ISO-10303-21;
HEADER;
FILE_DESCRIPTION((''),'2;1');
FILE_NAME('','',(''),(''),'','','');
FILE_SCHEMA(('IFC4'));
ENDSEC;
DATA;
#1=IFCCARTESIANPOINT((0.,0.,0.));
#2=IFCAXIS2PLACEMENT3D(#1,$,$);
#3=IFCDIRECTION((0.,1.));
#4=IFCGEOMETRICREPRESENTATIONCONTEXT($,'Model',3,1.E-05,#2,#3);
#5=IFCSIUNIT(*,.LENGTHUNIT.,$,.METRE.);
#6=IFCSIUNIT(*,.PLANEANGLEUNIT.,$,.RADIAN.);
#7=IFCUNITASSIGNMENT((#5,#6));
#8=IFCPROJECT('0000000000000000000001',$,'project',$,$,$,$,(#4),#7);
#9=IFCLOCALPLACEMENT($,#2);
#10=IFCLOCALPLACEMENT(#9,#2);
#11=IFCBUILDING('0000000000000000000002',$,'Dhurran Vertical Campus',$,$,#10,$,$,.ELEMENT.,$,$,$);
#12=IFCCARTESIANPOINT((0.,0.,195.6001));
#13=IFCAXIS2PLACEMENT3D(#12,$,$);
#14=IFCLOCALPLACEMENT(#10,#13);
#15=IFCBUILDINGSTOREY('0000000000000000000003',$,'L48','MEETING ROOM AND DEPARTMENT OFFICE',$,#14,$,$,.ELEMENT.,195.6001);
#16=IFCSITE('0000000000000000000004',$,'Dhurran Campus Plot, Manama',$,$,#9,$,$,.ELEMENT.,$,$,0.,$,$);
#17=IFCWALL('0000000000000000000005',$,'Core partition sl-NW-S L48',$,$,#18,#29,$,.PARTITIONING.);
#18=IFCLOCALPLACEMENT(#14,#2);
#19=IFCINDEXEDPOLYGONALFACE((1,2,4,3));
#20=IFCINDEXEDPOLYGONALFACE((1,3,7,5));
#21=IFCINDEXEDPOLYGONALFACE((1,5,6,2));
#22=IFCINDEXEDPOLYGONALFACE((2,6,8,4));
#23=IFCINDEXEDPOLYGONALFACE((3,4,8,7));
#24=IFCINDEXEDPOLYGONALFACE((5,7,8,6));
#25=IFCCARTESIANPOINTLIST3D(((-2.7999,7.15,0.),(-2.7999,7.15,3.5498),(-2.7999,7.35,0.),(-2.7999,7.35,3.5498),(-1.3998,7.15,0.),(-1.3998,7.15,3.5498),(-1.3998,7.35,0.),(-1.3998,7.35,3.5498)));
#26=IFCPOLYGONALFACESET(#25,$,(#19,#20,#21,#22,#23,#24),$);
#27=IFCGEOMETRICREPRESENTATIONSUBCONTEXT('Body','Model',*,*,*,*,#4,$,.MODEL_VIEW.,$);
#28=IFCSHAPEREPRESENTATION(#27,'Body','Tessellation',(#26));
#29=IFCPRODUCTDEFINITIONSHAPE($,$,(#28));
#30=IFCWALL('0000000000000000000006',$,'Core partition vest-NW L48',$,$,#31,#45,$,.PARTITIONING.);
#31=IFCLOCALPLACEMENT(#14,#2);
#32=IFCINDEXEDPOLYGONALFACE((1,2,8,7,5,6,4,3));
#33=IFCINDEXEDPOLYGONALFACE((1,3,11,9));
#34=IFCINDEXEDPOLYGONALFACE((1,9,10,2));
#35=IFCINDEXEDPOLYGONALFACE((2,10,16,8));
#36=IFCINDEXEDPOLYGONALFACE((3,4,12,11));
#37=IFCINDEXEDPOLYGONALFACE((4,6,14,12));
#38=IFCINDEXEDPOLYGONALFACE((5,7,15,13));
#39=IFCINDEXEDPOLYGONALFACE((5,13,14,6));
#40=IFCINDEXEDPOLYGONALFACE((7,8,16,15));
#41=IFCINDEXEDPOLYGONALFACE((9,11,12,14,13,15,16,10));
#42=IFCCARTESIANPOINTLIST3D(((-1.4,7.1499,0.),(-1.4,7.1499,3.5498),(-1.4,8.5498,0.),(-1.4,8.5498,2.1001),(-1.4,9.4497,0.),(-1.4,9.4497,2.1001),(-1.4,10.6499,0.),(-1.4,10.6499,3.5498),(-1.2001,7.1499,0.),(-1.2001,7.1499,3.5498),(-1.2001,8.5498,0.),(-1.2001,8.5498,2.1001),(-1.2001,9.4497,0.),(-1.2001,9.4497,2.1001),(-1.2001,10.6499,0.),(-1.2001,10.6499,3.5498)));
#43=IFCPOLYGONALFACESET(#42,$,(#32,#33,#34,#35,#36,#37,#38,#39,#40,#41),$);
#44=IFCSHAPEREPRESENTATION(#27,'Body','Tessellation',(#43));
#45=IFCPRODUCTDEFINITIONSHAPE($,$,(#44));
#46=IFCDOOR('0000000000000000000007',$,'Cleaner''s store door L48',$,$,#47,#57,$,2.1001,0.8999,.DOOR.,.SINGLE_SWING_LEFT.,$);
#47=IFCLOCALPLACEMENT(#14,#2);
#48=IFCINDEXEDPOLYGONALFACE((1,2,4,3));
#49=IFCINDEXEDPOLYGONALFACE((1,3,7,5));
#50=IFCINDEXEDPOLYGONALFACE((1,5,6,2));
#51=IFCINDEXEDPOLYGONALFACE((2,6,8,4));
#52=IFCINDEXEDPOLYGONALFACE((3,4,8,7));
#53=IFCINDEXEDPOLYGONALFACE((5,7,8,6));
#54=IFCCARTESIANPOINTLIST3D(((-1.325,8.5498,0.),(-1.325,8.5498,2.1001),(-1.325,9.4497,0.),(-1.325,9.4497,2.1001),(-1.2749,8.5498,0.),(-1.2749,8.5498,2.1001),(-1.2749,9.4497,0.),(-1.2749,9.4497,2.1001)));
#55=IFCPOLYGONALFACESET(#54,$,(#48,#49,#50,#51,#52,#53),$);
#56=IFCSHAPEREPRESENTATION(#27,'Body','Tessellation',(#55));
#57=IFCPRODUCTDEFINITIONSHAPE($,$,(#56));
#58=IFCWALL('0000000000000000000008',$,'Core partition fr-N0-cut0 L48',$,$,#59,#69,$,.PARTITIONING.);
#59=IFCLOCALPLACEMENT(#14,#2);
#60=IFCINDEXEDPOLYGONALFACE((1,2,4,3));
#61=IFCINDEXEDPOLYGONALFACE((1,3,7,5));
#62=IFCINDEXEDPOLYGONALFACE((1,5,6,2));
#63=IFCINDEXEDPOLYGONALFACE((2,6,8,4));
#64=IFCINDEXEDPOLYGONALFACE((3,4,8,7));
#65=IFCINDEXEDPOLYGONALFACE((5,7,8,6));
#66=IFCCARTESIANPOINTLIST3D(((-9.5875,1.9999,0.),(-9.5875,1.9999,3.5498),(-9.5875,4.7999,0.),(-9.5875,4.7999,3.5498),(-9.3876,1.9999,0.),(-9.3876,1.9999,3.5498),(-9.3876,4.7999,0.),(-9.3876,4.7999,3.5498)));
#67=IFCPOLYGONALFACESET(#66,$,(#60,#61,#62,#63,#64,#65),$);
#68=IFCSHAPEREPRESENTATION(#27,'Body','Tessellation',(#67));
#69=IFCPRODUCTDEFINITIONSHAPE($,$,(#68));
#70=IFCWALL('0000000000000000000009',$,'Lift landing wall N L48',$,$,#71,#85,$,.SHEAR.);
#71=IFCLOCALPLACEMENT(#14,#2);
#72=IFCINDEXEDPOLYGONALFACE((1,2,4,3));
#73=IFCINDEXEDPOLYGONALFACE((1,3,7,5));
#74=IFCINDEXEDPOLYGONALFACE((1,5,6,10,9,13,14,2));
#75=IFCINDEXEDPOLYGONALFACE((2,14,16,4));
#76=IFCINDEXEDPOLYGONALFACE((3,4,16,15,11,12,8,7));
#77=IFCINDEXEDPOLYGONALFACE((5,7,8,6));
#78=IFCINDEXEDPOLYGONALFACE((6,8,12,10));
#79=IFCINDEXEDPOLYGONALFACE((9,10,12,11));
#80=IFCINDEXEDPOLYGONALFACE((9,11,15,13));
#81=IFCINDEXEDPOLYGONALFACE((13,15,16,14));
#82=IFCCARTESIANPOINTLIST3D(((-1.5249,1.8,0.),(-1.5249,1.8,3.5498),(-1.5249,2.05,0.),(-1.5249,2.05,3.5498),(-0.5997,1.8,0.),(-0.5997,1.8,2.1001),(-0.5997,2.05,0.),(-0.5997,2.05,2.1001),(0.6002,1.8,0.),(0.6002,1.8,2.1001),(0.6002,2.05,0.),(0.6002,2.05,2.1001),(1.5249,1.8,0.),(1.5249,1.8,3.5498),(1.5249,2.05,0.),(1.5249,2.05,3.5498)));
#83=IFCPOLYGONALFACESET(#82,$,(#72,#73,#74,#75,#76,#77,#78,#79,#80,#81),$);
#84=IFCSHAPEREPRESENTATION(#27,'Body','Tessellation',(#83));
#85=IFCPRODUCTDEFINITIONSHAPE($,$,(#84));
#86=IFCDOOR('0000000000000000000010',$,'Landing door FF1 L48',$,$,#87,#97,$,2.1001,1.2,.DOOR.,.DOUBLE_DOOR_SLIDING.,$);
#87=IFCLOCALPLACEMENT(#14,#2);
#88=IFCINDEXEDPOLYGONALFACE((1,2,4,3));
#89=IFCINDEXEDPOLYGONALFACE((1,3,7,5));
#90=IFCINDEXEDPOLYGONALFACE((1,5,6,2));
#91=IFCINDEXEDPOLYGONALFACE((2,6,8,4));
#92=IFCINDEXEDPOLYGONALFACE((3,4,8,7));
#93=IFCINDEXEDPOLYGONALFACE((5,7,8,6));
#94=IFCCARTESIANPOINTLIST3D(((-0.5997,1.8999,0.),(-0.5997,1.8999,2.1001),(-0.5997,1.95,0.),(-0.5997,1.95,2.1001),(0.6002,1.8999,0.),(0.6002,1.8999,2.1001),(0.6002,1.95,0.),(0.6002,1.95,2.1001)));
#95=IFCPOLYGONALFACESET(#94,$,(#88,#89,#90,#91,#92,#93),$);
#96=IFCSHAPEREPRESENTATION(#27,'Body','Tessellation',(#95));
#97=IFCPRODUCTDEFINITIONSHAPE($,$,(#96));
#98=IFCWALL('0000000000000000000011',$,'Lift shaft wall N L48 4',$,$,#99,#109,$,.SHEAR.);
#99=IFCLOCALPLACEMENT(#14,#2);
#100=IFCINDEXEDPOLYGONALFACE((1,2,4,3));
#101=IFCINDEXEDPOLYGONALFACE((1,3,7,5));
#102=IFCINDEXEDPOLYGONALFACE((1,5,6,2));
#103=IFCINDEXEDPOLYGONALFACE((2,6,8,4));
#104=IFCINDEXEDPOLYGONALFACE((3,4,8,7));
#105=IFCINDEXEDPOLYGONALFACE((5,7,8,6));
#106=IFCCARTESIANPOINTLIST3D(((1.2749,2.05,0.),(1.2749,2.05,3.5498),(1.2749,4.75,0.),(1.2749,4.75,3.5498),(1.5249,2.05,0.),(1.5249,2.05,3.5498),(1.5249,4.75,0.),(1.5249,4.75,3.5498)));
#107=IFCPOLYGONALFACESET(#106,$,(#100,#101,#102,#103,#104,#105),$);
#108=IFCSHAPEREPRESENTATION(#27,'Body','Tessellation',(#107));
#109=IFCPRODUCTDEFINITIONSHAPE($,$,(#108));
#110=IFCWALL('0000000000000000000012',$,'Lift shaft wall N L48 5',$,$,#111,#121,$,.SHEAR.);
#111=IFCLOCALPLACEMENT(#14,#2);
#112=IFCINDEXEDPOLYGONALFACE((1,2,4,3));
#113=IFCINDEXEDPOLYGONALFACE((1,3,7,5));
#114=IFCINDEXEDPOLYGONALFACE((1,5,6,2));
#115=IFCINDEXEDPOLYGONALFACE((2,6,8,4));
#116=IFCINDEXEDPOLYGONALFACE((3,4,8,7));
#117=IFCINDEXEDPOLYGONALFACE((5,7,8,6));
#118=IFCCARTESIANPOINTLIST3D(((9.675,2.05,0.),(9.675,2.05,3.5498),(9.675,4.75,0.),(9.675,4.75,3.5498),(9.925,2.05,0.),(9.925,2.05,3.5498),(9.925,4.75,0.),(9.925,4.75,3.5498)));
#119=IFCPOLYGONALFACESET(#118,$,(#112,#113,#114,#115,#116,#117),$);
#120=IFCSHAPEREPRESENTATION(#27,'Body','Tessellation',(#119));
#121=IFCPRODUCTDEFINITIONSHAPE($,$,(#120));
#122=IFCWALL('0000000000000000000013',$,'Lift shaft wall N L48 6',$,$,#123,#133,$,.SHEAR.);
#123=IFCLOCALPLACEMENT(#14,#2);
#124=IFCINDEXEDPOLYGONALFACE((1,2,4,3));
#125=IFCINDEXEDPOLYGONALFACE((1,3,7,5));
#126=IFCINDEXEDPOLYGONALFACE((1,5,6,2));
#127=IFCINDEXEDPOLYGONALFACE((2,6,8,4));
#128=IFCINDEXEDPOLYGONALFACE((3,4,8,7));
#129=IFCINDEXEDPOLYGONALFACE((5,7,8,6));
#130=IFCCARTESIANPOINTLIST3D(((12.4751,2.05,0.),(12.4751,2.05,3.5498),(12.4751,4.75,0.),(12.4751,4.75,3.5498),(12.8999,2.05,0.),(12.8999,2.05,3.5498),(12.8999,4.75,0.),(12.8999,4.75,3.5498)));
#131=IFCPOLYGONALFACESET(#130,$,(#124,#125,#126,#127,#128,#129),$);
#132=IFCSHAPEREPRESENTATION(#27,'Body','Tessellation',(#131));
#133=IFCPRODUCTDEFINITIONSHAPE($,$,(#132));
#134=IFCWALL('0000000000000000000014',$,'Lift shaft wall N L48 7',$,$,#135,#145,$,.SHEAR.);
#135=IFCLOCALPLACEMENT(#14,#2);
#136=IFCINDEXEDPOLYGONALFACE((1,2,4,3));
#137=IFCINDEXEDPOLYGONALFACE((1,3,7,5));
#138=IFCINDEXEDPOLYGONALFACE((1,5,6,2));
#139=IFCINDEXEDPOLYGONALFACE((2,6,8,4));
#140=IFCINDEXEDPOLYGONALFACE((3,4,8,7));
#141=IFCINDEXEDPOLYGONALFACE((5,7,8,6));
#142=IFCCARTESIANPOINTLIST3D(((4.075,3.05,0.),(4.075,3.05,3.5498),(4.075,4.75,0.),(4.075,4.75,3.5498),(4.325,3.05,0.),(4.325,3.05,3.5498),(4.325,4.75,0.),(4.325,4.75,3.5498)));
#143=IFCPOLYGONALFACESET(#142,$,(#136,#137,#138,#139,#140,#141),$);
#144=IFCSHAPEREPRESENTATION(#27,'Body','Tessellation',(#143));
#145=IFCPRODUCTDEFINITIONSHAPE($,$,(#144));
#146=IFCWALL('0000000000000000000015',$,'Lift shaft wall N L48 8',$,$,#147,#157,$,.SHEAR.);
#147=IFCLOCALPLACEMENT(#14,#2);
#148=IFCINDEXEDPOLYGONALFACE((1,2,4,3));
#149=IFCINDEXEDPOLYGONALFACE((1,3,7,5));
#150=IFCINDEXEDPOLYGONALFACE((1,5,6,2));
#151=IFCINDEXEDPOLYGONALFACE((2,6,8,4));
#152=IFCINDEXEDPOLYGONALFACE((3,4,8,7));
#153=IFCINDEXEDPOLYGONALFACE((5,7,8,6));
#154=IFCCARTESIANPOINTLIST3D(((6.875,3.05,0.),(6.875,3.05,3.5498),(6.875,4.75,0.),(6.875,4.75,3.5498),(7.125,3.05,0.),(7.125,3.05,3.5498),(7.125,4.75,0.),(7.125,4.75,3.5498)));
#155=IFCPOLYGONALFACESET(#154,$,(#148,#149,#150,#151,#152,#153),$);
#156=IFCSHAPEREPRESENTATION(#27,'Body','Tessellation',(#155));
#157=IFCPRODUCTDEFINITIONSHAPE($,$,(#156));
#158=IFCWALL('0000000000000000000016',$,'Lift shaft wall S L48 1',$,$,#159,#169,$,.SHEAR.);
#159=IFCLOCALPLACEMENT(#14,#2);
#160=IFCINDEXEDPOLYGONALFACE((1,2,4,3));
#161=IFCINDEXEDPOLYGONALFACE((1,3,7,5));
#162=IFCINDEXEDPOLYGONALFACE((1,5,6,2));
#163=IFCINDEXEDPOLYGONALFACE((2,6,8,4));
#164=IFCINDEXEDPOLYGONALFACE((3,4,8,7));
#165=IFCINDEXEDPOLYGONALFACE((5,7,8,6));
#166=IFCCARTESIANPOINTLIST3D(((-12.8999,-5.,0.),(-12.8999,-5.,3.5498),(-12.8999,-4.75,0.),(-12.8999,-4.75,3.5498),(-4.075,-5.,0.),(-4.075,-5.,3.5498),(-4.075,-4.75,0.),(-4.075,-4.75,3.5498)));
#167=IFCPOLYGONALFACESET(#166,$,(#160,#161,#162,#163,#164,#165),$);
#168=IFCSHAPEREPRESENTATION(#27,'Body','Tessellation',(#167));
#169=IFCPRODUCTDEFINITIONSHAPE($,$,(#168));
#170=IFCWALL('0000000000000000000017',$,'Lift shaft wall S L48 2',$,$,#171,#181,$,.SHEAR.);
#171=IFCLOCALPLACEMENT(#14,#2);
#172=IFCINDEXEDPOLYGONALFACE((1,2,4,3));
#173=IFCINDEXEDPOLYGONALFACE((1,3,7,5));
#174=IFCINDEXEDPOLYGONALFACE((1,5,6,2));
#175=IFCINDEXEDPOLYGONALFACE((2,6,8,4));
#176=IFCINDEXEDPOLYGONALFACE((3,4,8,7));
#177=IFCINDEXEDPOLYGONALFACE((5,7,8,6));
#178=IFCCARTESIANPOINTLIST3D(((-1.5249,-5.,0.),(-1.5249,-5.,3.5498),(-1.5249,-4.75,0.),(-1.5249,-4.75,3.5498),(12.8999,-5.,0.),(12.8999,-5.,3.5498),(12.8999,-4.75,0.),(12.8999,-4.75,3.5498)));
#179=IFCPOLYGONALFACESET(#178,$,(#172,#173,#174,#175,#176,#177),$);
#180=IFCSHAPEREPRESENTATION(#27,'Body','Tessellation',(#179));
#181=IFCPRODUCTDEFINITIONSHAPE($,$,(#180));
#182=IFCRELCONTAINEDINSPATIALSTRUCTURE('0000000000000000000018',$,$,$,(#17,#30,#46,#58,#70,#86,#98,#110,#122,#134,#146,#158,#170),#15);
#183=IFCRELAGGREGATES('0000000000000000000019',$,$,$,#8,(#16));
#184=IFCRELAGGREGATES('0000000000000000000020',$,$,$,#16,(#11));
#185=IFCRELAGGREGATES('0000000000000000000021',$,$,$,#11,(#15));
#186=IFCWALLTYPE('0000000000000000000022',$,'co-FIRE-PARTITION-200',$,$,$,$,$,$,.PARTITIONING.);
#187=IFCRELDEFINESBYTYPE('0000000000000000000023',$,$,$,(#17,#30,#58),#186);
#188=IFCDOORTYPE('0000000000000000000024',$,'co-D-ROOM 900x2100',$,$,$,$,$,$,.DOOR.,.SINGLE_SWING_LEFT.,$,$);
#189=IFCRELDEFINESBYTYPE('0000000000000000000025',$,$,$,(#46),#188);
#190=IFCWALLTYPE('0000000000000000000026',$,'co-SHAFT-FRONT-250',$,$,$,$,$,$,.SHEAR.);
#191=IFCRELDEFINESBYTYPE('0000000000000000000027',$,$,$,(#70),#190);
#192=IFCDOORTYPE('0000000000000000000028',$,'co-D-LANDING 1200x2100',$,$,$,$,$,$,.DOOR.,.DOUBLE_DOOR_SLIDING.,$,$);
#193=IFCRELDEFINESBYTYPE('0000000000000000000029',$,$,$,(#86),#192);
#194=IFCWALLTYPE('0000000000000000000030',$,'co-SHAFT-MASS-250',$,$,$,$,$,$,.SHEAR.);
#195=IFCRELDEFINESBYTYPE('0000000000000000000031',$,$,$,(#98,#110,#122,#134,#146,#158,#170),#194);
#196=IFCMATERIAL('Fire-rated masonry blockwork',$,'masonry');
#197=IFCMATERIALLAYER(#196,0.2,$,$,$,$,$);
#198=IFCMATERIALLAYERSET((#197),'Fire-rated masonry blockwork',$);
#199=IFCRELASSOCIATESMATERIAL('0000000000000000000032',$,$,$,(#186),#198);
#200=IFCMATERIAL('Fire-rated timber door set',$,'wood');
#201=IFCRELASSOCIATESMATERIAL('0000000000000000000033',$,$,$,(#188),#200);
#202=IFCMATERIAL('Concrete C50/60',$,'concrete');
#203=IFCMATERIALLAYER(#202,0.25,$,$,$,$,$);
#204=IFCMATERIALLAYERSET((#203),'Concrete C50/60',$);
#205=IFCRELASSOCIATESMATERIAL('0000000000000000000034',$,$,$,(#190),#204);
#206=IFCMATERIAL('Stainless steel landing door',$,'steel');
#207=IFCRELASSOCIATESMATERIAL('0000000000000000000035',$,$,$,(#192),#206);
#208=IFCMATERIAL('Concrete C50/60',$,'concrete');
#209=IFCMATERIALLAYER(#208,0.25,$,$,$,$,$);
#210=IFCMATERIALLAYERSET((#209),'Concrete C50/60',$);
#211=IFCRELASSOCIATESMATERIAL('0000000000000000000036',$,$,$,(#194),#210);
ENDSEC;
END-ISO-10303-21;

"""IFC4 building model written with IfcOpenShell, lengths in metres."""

from ifc_helpers import new_model, si_unit, direction, frame, frame_2d, origin, place, context, subcontext, project, spatial, polyline, rectangle, outline, extrude, material, layer, layer_set, type_object, element, fill, save


model = new_model("IFC4")

# Units and contexts
model_context = context("Model", 3, precision=1e-05, world=origin(), true_north=direction((0.0, 1.0)))
body_context = subcontext(model_context, "Body", "Model", "MODEL_VIEW")
ifc_project = project(units=[si_unit("LENGTHUNIT", "METRE"), si_unit("PLANEANGLEUNIT", "RADIAN")], contexts=[model_context])

# Site, building, storey
site_placement = place(None, origin())
site = spatial("IfcSite", under=ifc_project, at=site_placement, Name="Dhurran Campus Plot, Manama", CompositionType="ELEMENT", RefElevation=0.0)
building_placement = place(site_placement, origin())
building = spatial("IfcBuilding", under=site, at=building_placement, Name="Dhurran Vertical Campus", CompositionType="ELEMENT")
storey_placement = place(building_placement, frame((0.0, 0.0, 195.6001)))
storey = spatial("IfcBuildingStorey", under=building, at=storey_placement, Name="L48", Description="MEETING ROOM AND DEPARTMENT OFFICE", CompositionType="ELEMENT", Elevation=195.6001)

# Wall
ifc_material_1 = material(Name="Fire-rated masonry blockwork", Category="masonry")
ifc_layer_1 = layer(ifc_material_1, 0.2)
ifc_layer_set_1 = layer_set([ifc_layer_1], Name="Fire-rated masonry blockwork")
wall_type_1 = type_object("IfcWallType", Name="co-FIRE-PARTITION-200", PredefinedType="PARTITIONING", material=ifc_layer_set_1)
wall_1_placement = place(storey_placement, frame((-2.8, 7.25, 0.0), z_axis=(0.0, 0.0, 1.0), x_axis=(1.0, 0.0, 0.0)))
element("IfcWall", 1, at=wall_1_placement, inside=storey, type_object=wall_type_1, Name="Core partition sl-NW-S L48", PredefinedType="PARTITIONING", context=body_context, shape_type="SweptSolid", body=[
    extrude(rectangle(XDim=1.4001, YDim=0.2, at=frame_2d((0.7002, 0.0))), origin(), (0.0, 0.0, 1.0), 3.5498),
])

# Wall, opening, door
wall_2_placement = place(storey_placement, frame((-1.3, 7.1499, 0.0), z_axis=(0.0, 0.0, 1.0), x_axis=(0.0, 1.0, 0.0)))
wall_2 = element("IfcWall", 2, at=wall_2_placement, inside=storey, type_object=wall_type_1, Name="Core partition vest-NW L48", PredefinedType="PARTITIONING", context=body_context, shape_type="SweptSolid", body=[
    extrude(rectangle(XDim=3.5, YDim=0.2, at=frame_2d((1.75, 0.0))), origin(), (0.0, 0.0, 1.0), 3.5498),
])
opening_1_placement = place(wall_2_placement, frame((1.3999, 0.0, 0.0)))
opening_1 = element("IfcOpeningElement", 3, at=opening_1_placement, cuts=wall_2, PredefinedType="OPENING", context=body_context, shape_type="SweptSolid", body=[
    extrude(rectangle(XDim=0.8999, YDim=2.1001, at=frame_2d((0.45, 1.05))), frame((0.0, 0.1099, 0.0), z_axis=(0.0, -1.0, 0.0), x_axis=(1.0, 0.0, 0.0)), (0.0, 0.0, 1.0), 0.22),
])
ifc_material_2 = material(Name="Fire-rated timber door set", Category="wood")
door_type_1 = type_object("IfcDoorType", Name="co-D-ROOM 900x2100", OperationType="SINGLE_SWING_LEFT", PredefinedType="DOOR", material=ifc_material_2)
door_1_placement = place(opening_1_placement, origin())
door_1 = element("IfcDoor", 4, at=door_1_placement, inside=storey, type_object=door_type_1, Name="Cleaner's store door L48", OperationType="SINGLE_SWING_LEFT", OverallHeight=2.1001, OverallWidth=0.8999, PredefinedType="DOOR", context=body_context, shape_type="SweptSolid", body=[
    extrude(rectangle(XDim=0.8999, YDim=2.1001, at=frame_2d((0.45, 1.05))), frame((0.0, 0.0249, 0.0), z_axis=(0.0, -1.0, 0.0), x_axis=(1.0, 0.0, 0.0)), (0.0, 0.0, 1.0), 0.05),
])
fill(opening_1, door_1)

# Wall
wall_3_placement = place(storey_placement, frame((-9.4875, 2.0, 0.0), z_axis=(0.0, 0.0, 1.0), x_axis=(0.0, 1.0, 0.0)))
element("IfcWall", 5, at=wall_3_placement, inside=storey, type_object=wall_type_1, Name="Core partition fr-N0-cut0 L48", PredefinedType="PARTITIONING", context=body_context, shape_type="SweptSolid", body=[
    extrude(rectangle(XDim=2.8, YDim=0.2, at=frame_2d((1.3999, 0.0))), origin(), (0.0, 0.0, 1.0), 3.5498),
])

# Wall, opening, door
ifc_material_3 = material(Name="Concrete C50/60", Category="concrete")
ifc_layer_2 = layer(ifc_material_3, 0.25)
ifc_layer_set_2 = layer_set([ifc_layer_2], Name="Concrete C50/60")
wall_type_2 = type_object("IfcWallType", Name="co-SHAFT-FRONT-250", PredefinedType="SHEAR", material=ifc_layer_set_2)
wall_4_placement = place(storey_placement, frame((-1.5249, 1.925, 0.0), z_axis=(0.0, 0.0, 1.0), x_axis=(1.0, 0.0, 0.0)))
wall_4 = element("IfcWall", 6, at=wall_4_placement, inside=storey, type_object=wall_type_2, Name="Lift landing wall N L48", PredefinedType="SHEAR", context=body_context, shape_type="SweptSolid", body=[
    extrude(rectangle(XDim=3.0498, YDim=0.25, at=frame_2d((1.5249, 0.0))), origin(), (0.0, 0.0, 1.0), 3.5498),
])
opening_2_placement = place(wall_4_placement, frame((0.925, 0.0, 0.0)))
opening_2 = element("IfcOpeningElement", 7, at=opening_2_placement, cuts=wall_4, PredefinedType="OPENING", context=body_context, shape_type="SweptSolid", body=[
    extrude(rectangle(XDim=1.2, YDim=2.1001, at=frame_2d((0.6001, 1.05))), frame((0.0, 0.135, 0.0), z_axis=(0.0, -1.0, 0.0), x_axis=(1.0, 0.0, 0.0)), (0.0, 0.0, 1.0), 0.27),
])
ifc_material_4 = material(Name="Stainless steel landing door", Category="steel")
door_type_2 = type_object("IfcDoorType", Name="co-D-LANDING 1200x2100", OperationType="DOUBLE_DOOR_SLIDING", PredefinedType="DOOR", material=ifc_material_4)
door_2_placement = place(opening_2_placement, origin())
door_2 = element("IfcDoor", 8, at=door_2_placement, inside=storey, type_object=door_type_2, Name="Landing door FF1 L48", OperationType="DOUBLE_DOOR_SLIDING", OverallHeight=2.1001, OverallWidth=1.2, PredefinedType="DOOR", context=body_context, shape_type="SweptSolid", body=[
    extrude(rectangle(XDim=1.2, YDim=2.1001, at=frame_2d((0.6001, 1.05))), frame((0.0, 0.0249, 0.0), z_axis=(0.0, -1.0, 0.0), x_axis=(1.0, 0.0, 0.0)), (0.0, 0.0, 1.0), 0.05),
])
fill(opening_2, door_2)

# Walls
ifc_material_5 = material(Name="Concrete C50/60", Category="concrete")
ifc_layer_3 = layer(ifc_material_5, 0.25)
ifc_layer_set_3 = layer_set([ifc_layer_3], Name="Concrete C50/60")
wall_type_3 = type_object("IfcWallType", Name="co-SHAFT-MASS-250", PredefinedType="SHEAR", material=ifc_layer_set_3)
wall_5_placement = place(storey_placement, origin())
element("IfcWall", 9, at=wall_5_placement, inside=storey, type_object=wall_type_3, Name="Lift shaft wall N L48 4", PredefinedType="SHEAR", context=body_context, shape_type="SweptSolid", body=[
    extrude(outline(polyline([(1.2749, 2.05), (1.5249, 2.05), (1.5249, 4.75), (1.2749, 4.75), (1.2749, 2.05)])), origin(), (0.0, 0.0, 1.0), 3.5498),
])
wall_6_placement = place(storey_placement, origin())
element("IfcWall", 10, at=wall_6_placement, inside=storey, type_object=wall_type_3, Name="Lift shaft wall N L48 5", PredefinedType="SHEAR", context=body_context, shape_type="SweptSolid", body=[
    extrude(outline(polyline([(9.675, 2.05), (9.925, 2.05), (9.925, 4.75), (9.675, 4.75), (9.675, 2.05)])), origin(), (0.0, 0.0, 1.0), 3.5498),
])
wall_7_placement = place(storey_placement, origin())
element("IfcWall", 11, at=wall_7_placement, inside=storey, type_object=wall_type_3, Name="Lift shaft wall N L48 6", PredefinedType="SHEAR", context=body_context, shape_type="SweptSolid", body=[
    extrude(outline(polyline([(12.4751, 2.05), (12.8999, 2.05), (12.8999, 4.75), (12.4751, 4.75), (12.4751, 2.05)])), origin(), (0.0, 0.0, 1.0), 3.5498),
])
wall_8_placement = place(storey_placement, origin())
element("IfcWall", 12, at=wall_8_placement, inside=storey, type_object=wall_type_3, Name="Lift shaft wall N L48 7", PredefinedType="SHEAR", context=body_context, shape_type="SweptSolid", body=[
    extrude(outline(polyline([(4.075, 3.05), (4.325, 3.05), (4.325, 4.75), (4.075, 4.75), (4.075, 3.05)])), origin(), (0.0, 0.0, 1.0), 3.5498),
])
wall_9_placement = place(storey_placement, origin())
element("IfcWall", 13, at=wall_9_placement, inside=storey, type_object=wall_type_3, Name="Lift shaft wall N L48 8", PredefinedType="SHEAR", context=body_context, shape_type="SweptSolid", body=[
    extrude(outline(polyline([(6.875, 3.05), (7.125, 3.05), (7.125, 4.75), (6.875, 4.75), (6.875, 3.05)])), origin(), (0.0, 0.0, 1.0), 3.5498),
])
wall_10_placement = place(storey_placement, origin())
element("IfcWall", 14, at=wall_10_placement, inside=storey, type_object=wall_type_3, Name="Lift shaft wall S L48 1", PredefinedType="SHEAR", context=body_context, shape_type="SweptSolid", body=[
    extrude(outline(polyline([(-12.8999, -5.0), (-4.075, -5.0), (-4.075, -4.75), (-12.8999, -4.75), (-12.8999, -5.0)])), origin(), (0.0, 0.0, 1.0), 3.5498),
])
wall_11_placement = place(storey_placement, origin())
element("IfcWall", 15, at=wall_11_placement, inside=storey, type_object=wall_type_3, Name="Lift shaft wall S L48 2", PredefinedType="SHEAR", context=body_context, shape_type="SweptSolid", body=[
    extrude(outline(polyline([(-1.5249, -5.0), (12.8999, -5.0), (12.8999, -4.75), (-1.5249, -4.75), (-1.5249, -5.0)])), origin(), (0.0, 0.0, 1.0), 3.5498),
])

save(model, "model.ifc")
